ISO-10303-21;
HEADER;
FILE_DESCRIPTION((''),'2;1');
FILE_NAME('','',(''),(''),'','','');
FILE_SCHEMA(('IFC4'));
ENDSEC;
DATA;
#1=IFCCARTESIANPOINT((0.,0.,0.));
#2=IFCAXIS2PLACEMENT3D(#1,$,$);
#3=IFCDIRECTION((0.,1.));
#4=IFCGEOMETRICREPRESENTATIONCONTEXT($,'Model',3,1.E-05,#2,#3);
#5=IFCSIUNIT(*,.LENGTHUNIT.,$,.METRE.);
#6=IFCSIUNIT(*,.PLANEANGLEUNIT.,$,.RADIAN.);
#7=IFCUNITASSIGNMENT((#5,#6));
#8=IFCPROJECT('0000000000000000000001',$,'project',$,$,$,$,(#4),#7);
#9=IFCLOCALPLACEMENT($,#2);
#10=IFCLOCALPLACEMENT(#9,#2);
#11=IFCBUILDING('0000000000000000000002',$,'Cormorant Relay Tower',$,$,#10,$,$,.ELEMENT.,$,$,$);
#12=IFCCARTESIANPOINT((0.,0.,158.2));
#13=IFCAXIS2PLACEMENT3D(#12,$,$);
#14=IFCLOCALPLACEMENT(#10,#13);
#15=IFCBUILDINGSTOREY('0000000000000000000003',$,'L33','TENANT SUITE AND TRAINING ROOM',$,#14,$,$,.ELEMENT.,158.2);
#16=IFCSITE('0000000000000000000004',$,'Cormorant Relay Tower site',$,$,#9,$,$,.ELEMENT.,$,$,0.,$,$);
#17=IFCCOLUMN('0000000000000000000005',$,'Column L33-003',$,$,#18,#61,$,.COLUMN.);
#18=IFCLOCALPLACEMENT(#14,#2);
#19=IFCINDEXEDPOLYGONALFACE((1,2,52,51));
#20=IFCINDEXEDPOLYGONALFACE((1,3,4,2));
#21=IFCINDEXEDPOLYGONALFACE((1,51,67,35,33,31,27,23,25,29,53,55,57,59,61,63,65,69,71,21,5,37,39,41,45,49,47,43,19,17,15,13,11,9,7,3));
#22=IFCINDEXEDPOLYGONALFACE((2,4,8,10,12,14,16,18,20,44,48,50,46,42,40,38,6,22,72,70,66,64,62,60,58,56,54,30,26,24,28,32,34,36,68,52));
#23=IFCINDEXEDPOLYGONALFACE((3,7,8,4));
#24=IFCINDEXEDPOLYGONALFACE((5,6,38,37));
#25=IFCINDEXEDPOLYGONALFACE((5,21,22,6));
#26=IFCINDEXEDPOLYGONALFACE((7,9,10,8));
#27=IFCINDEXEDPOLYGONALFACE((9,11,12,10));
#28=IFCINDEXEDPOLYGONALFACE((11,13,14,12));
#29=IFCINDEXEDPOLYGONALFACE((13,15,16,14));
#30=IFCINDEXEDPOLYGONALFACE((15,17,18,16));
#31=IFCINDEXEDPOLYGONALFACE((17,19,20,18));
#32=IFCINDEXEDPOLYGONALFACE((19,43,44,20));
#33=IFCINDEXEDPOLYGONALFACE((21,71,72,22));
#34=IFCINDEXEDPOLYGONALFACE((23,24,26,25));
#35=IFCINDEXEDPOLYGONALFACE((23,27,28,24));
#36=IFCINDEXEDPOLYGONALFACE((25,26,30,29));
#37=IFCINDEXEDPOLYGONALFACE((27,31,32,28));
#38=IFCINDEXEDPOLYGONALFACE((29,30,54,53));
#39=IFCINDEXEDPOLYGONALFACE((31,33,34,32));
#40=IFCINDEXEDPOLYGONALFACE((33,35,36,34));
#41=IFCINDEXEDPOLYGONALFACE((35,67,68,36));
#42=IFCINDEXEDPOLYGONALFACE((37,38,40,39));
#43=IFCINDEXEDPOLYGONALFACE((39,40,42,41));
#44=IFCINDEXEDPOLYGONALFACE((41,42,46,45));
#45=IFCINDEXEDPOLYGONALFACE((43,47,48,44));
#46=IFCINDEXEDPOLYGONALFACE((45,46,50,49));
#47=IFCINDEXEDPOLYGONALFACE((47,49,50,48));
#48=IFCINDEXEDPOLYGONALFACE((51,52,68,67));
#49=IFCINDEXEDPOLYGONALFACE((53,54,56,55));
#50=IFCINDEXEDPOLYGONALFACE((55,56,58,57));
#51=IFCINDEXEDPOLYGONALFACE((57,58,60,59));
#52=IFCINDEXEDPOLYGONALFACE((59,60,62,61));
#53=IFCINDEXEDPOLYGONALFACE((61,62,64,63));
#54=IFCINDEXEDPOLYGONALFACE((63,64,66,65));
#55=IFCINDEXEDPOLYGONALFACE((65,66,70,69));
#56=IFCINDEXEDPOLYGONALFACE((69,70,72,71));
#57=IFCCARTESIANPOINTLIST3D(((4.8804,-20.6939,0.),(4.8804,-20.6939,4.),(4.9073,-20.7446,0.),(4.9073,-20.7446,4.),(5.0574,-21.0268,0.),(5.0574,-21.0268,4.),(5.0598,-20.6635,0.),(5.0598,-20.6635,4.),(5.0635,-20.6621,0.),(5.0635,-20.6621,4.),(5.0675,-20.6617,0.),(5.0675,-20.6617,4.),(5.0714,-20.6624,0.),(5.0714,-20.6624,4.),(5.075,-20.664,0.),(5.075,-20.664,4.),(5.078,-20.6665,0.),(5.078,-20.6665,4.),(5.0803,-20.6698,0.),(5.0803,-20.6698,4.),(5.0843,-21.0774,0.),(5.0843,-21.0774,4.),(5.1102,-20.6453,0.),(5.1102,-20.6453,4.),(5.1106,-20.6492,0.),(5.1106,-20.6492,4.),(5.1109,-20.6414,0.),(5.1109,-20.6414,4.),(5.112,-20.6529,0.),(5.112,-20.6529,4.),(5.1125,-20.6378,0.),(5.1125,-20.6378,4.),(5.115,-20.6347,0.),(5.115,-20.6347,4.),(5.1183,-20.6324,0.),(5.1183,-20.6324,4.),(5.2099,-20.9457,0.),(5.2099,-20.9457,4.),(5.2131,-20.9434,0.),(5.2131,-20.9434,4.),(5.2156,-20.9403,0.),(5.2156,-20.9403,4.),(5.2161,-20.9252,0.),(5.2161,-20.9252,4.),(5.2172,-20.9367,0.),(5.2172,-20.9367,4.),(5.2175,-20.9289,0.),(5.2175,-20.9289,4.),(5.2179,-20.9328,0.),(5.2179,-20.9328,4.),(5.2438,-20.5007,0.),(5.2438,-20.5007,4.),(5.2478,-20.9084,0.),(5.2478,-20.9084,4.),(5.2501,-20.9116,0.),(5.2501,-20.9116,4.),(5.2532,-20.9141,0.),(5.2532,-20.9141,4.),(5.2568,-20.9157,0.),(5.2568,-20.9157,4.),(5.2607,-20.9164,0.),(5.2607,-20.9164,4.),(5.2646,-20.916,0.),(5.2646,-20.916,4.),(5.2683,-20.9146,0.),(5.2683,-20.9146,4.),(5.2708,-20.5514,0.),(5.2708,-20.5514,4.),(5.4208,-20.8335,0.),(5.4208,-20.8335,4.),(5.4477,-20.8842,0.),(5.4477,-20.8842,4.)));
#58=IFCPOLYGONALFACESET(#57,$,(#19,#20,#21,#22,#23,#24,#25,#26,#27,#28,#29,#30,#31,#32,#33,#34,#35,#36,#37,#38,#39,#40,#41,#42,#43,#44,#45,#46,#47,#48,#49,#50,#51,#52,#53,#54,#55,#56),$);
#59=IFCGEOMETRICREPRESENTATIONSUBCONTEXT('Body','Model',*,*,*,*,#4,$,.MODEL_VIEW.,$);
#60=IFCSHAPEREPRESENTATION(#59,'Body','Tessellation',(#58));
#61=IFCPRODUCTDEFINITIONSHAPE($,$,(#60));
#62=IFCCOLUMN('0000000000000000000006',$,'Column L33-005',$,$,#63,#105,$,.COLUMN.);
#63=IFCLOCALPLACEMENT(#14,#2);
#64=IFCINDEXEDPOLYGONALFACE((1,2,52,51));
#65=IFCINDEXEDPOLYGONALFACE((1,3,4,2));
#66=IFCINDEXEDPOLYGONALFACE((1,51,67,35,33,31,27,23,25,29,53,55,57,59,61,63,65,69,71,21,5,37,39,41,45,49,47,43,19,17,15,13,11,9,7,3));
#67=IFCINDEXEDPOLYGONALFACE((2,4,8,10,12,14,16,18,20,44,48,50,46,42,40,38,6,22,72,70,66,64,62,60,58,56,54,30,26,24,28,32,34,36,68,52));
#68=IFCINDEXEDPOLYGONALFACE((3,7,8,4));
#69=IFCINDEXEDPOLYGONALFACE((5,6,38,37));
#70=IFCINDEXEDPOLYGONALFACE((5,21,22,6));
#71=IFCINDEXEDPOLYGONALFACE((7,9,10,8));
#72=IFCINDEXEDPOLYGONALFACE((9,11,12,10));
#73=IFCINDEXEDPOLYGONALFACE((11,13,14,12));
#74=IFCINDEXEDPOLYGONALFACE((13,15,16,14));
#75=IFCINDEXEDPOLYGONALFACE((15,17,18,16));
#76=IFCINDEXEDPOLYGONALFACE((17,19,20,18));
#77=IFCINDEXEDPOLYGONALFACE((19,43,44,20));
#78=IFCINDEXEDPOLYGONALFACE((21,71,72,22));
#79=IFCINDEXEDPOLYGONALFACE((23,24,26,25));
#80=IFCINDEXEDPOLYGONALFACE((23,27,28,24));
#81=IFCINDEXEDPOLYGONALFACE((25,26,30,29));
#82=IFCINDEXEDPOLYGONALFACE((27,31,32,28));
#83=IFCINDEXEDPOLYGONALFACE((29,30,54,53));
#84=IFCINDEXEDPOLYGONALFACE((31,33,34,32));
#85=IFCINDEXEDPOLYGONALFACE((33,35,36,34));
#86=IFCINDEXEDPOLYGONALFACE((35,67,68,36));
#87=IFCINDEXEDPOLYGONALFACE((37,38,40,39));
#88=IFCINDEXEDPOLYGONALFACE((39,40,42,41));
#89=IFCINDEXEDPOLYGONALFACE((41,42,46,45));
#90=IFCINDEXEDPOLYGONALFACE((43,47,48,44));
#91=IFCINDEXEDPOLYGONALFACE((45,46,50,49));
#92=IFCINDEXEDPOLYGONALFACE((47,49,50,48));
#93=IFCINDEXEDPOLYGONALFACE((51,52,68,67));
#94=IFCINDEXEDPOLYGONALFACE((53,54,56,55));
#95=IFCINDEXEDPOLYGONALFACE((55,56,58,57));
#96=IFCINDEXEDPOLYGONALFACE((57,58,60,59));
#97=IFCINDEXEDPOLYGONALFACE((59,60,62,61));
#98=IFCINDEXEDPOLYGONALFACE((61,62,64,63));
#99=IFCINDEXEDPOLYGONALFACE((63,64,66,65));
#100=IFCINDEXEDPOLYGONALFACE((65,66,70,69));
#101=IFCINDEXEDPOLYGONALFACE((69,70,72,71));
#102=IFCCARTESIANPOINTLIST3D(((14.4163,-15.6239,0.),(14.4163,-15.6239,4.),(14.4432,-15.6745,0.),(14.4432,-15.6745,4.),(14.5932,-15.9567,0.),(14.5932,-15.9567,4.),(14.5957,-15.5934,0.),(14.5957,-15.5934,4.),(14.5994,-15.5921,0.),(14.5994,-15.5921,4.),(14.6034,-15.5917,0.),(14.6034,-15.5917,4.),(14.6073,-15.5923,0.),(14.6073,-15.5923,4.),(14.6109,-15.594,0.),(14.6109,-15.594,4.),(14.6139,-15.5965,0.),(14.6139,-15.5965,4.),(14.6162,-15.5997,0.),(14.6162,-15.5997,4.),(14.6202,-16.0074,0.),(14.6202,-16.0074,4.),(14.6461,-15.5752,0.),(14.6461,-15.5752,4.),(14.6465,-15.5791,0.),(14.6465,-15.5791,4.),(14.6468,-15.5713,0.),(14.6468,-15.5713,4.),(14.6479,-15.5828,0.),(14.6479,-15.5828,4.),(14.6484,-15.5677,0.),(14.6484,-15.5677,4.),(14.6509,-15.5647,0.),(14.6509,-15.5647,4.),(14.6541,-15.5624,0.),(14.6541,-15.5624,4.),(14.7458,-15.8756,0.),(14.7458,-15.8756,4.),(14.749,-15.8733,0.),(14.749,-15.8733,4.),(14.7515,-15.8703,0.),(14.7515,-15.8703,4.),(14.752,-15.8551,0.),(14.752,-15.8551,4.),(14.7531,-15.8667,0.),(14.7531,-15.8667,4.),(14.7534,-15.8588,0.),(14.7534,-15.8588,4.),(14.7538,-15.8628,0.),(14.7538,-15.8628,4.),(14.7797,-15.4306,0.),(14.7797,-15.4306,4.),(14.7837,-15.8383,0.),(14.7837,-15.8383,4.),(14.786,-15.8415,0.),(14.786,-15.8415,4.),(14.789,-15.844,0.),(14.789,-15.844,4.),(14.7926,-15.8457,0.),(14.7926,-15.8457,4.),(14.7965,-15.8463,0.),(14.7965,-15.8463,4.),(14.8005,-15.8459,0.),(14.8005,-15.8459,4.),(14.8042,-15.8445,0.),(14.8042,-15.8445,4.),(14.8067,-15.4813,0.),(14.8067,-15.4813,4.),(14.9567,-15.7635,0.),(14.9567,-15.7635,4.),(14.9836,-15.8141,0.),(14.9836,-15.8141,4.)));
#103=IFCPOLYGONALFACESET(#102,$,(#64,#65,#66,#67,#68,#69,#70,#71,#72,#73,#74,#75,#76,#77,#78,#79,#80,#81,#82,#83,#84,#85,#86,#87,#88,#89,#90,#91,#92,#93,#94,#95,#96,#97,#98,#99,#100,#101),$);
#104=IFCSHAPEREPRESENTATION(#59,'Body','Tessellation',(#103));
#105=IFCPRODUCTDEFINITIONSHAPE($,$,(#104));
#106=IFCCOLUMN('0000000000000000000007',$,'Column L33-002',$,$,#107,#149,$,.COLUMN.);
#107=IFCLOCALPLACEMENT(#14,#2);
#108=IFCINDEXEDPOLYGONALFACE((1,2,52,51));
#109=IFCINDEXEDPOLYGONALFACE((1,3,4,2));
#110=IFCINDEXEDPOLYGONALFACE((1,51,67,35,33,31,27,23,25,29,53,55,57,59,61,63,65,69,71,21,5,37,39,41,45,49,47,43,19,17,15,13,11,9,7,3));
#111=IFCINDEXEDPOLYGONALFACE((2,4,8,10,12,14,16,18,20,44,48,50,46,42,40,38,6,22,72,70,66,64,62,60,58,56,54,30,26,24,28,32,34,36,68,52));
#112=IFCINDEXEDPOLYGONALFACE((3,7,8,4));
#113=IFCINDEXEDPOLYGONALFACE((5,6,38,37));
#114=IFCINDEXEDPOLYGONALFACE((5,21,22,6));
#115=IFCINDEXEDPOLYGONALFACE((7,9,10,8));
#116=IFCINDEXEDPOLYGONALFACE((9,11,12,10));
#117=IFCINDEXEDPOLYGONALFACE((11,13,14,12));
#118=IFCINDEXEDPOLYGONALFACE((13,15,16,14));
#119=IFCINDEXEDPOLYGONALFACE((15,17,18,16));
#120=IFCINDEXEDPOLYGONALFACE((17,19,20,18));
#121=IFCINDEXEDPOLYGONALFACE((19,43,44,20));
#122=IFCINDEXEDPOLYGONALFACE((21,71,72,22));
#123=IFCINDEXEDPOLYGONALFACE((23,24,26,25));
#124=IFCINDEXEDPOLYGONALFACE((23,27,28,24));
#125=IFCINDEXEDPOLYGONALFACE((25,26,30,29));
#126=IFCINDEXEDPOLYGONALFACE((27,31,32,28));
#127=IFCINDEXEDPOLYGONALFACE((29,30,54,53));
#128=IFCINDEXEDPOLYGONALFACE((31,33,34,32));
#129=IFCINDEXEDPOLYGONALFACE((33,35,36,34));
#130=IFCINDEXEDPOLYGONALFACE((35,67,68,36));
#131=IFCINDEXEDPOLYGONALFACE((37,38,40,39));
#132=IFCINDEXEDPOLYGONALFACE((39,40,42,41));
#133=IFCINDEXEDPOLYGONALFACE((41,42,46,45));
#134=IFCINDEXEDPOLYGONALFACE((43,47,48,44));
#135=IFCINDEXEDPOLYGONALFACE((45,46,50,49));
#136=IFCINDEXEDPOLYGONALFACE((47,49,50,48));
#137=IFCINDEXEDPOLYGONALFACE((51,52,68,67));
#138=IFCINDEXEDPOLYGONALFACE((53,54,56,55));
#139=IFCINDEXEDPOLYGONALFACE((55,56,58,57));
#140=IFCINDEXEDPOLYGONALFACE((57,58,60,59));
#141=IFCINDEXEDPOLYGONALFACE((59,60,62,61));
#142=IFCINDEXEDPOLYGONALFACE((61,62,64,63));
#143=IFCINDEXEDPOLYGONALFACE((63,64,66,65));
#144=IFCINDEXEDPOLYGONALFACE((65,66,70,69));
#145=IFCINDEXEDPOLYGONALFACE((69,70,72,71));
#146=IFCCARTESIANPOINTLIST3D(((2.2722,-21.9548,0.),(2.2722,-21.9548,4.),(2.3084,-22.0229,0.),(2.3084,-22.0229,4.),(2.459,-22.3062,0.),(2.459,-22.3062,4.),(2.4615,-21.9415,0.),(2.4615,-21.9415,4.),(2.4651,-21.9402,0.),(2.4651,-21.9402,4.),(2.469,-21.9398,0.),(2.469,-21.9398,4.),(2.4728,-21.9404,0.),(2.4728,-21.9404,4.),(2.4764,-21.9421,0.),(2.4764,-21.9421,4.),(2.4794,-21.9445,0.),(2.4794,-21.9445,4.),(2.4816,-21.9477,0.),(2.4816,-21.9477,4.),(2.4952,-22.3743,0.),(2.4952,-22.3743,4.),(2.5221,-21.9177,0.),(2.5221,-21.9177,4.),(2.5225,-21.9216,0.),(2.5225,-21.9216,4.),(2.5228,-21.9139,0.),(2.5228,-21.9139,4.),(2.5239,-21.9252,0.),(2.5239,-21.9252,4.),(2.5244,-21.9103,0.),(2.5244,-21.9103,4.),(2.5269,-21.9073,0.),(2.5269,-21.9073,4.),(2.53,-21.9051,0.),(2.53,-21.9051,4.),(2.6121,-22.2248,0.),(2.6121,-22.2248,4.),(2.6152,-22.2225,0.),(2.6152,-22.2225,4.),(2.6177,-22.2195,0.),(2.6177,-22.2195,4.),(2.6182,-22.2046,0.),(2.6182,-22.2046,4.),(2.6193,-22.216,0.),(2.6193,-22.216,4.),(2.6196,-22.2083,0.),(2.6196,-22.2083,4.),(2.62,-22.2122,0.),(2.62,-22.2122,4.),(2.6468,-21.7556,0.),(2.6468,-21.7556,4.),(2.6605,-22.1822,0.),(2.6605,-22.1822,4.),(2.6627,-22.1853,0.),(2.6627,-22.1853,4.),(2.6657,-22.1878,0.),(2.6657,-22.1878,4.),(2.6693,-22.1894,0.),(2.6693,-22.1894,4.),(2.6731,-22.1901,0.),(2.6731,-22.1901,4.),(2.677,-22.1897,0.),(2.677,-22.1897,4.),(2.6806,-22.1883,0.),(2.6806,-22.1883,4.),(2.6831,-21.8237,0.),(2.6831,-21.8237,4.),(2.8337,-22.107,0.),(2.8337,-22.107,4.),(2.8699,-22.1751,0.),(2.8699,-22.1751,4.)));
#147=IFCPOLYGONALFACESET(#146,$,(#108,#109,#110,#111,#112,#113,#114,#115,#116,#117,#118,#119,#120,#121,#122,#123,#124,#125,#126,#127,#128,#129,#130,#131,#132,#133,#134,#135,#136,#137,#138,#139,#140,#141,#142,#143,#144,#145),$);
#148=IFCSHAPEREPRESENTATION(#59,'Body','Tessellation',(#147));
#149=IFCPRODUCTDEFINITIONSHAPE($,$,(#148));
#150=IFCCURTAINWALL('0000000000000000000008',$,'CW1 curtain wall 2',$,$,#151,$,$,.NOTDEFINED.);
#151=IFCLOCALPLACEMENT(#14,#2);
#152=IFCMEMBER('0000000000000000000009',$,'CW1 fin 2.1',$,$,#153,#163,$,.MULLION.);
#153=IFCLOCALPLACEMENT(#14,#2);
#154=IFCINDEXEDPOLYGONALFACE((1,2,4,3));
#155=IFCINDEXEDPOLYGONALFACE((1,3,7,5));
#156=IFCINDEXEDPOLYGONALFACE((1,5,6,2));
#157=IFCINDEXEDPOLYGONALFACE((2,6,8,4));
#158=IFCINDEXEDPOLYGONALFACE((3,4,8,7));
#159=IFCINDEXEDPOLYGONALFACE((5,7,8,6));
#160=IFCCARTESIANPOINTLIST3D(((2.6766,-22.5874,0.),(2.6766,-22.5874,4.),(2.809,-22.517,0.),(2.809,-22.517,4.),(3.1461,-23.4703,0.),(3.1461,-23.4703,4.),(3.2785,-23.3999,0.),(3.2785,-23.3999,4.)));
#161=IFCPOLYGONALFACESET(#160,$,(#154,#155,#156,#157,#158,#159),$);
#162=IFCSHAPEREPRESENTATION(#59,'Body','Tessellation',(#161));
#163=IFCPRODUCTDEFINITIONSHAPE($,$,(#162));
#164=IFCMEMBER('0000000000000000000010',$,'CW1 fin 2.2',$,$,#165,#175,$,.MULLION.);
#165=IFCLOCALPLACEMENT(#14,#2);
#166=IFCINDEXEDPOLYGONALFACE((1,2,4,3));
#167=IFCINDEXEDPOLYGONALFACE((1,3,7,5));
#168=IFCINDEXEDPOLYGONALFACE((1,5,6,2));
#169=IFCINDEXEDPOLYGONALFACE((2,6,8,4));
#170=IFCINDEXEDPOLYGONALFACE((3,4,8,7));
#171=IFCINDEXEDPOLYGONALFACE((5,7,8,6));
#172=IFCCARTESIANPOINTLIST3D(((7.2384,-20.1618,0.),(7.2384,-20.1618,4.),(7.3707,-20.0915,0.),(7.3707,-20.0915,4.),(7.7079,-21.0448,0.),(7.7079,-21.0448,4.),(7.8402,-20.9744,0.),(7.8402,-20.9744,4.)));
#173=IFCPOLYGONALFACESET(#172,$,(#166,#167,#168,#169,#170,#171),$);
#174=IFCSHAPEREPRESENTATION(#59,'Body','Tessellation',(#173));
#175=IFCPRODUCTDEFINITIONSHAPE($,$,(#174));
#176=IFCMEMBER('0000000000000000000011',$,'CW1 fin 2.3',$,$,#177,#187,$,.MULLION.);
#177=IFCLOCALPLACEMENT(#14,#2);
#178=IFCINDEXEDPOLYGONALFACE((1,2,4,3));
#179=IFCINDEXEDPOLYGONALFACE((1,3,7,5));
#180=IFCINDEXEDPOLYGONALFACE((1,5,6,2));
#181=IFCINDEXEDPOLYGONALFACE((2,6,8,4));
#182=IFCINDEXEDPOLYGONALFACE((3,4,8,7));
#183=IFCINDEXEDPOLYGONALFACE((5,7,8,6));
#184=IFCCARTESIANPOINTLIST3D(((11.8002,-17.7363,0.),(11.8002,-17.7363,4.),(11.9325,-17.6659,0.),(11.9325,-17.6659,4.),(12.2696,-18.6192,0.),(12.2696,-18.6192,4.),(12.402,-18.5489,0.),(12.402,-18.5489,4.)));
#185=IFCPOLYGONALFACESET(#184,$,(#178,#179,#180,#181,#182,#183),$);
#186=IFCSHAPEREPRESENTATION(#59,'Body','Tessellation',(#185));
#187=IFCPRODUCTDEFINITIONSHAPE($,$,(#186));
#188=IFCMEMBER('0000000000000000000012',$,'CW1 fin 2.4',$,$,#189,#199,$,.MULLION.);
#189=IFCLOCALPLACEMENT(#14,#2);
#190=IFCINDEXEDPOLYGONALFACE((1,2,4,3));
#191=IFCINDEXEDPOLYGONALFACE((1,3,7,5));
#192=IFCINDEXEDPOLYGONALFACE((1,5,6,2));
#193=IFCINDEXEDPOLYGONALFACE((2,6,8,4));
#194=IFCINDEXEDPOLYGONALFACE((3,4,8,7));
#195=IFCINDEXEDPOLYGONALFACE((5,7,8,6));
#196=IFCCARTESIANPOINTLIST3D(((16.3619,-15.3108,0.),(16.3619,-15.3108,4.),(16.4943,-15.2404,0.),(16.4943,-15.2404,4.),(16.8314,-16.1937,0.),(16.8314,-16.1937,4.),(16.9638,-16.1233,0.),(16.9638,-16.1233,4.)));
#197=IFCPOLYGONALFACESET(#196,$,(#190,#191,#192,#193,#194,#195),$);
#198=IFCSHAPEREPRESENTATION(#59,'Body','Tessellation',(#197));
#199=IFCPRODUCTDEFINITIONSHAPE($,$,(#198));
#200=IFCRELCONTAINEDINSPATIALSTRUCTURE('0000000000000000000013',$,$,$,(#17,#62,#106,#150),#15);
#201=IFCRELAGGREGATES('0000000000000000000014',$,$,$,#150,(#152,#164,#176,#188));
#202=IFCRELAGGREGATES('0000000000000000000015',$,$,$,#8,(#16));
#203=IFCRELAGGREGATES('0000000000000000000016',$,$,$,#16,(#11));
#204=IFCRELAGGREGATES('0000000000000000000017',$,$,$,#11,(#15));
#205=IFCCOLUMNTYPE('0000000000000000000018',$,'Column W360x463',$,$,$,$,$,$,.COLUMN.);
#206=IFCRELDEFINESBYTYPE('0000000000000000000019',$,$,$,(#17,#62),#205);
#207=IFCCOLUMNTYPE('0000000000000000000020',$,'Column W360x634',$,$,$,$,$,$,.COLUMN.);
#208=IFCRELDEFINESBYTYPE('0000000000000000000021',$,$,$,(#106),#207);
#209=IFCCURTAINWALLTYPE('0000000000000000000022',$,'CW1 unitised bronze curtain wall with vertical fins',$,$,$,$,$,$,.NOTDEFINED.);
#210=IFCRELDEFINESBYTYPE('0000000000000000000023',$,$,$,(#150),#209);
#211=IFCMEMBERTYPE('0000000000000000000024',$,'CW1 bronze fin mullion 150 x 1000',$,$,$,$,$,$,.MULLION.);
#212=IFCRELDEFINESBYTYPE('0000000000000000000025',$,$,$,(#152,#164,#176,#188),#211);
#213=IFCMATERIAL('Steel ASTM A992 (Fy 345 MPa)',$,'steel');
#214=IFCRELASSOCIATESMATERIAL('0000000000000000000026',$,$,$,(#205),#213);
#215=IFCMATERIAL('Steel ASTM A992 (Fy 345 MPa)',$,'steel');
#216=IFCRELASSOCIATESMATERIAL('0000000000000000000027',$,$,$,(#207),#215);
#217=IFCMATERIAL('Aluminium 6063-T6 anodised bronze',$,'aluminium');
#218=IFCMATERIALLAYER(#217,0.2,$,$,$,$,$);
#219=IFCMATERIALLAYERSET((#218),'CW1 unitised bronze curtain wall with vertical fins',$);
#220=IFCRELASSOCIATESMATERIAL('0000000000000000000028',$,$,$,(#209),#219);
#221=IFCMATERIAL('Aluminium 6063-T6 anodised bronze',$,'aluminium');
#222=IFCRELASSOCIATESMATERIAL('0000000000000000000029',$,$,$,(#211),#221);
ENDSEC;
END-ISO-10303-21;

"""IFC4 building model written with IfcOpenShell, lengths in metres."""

from ifc_helpers import new_model, si_unit, direction, frame, origin, origin_2d, place, context, subcontext, project, spatial, rectangle, i_section, extrude, material, layer, layer_set, material_profile, profile_set, type_object, element, aggregate, save


model = new_model("IFC4")

# Units and contexts
model_context = context("Model", 3, precision=1e-05, world=origin(), true_north=direction((0.0, 1.0)))
body_context = subcontext(model_context, "Body", "Model", "MODEL_VIEW")
ifc_project = project(units=[si_unit("LENGTHUNIT", "METRE"), si_unit("PLANEANGLEUNIT", "RADIAN")], contexts=[model_context])

# Site, building, storey
site_placement = place(None, origin())
site = spatial("IfcSite", under=ifc_project, at=site_placement, Name="Cormorant Relay Tower site", CompositionType="ELEMENT", RefElevation=0.0)
building_placement = place(site_placement, origin())
building = spatial("IfcBuilding", under=site, at=building_placement, Name="Cormorant Relay Tower", CompositionType="ELEMENT")
storey_placement = place(building_placement, frame((0.0, 0.0, 158.2)))
storey = spatial("IfcBuildingStorey", under=building, at=storey_placement, Name="L33", Description="TENANT SUITE AND TRAINING ROOM", CompositionType="ELEMENT", Elevation=158.2)

# Columns
ifc_material_1 = material(Name="Steel ASTM A992 (Fy 345 MPa)", Category="steel")
ifc_material_profile_1 = material_profile(ifc_material_1, i_section(OverallWidth=0.4116, OverallDepth=0.4343, WebThickness=0.0359, FlangeThickness=0.0574, FilletRadius=0.0151, at=origin_2d()), Name="W360x463")
ifc_profile_set_1 = profile_set([ifc_material_profile_1], Name="Steel ASTM A992 (Fy 345 MPa)")
column_type_1 = type_object("IfcColumnType", Name="Column W360x463", PredefinedType="COLUMN", material=ifc_profile_set_1)
for number, where, z_axis, x_axis, name in (
    (1, (5.1641, -20.7891, 0.0), (0.0, 0.0, 1.0), (0.882948, 0.469472, 0.0), "Column L33-003"),
    (2, (14.7, -15.719, 0.0), (0.0, 0.0, 1.0), (0.882948, 0.469472, 0.0), "Column L33-005"),
):
    element("IfcColumn", number, at=place(storey_placement, frame(where, z_axis=z_axis, x_axis=x_axis)), inside=storey, type_object=column_type_1, Name=name, PredefinedType="COLUMN", context=body_context, shape_type="SweptSolid", body=[
        extrude(i_section(OverallWidth=0.4116, OverallDepth=0.4343, WebThickness=0.0359, FlangeThickness=0.0574, FilletRadius=0.0151, at=origin_2d()), origin(), (0.0, 0.0, 1.0), 4.0),
    ])
ifc_material_2 = material(Name="Steel ASTM A992 (Fy 345 MPa)", Category="steel")
ifc_material_profile_2 = material_profile(ifc_material_2, i_section(OverallWidth=0.4243, OverallDepth=0.4751, WebThickness=0.0479, FlangeThickness=0.0771, FilletRadius=0.0149, at=origin_2d()), Name="W360x634")
ifc_profile_set_2 = profile_set([ifc_material_profile_2], Name="Steel ASTM A992 (Fy 345 MPa)")
column_type_2 = type_object("IfcColumnType", Name="Column W360x634", PredefinedType="COLUMN", material=ifc_profile_set_2)
column_placement = place(storey_placement, frame((2.571, -22.0649, 0.0), z_axis=(0.0, 0.0, 1.0), x_axis=(0.882948, 0.469472, 0.0)))
element("IfcColumn", 3, at=column_placement, inside=storey, type_object=column_type_2, Name="Column L33-002", PredefinedType="COLUMN", context=body_context, shape_type="SweptSolid", body=[
    extrude(i_section(OverallWidth=0.4243, OverallDepth=0.4751, WebThickness=0.0479, FlangeThickness=0.0771, FilletRadius=0.0149, at=origin_2d()), origin(), (0.0, 0.0, 1.0), 4.0),
])

# Curtain wall, members
ifc_material_3 = material(Name="Aluminium 6063-T6 anodised bronze", Category="aluminium")
ifc_layer_1 = layer(ifc_material_3, 0.2)
ifc_layer_set_1 = layer_set([ifc_layer_1], Name="CW1 unitised bronze curtain wall with vertical fins")
curtain_wall_type = type_object("IfcCurtainWallType", Name="CW1 unitised bronze curtain wall with vertical fins", PredefinedType="NOTDEFINED", material=ifc_layer_set_1)
curtain_wall_1_placement = place(storey_placement, origin())
curtain_wall_1 = element("IfcCurtainWall", 4, at=curtain_wall_1_placement, inside=storey, type_object=curtain_wall_type, Name="CW1 curtain wall 2", PredefinedType="NOTDEFINED")
ifc_material_4 = material(Name="Aluminium 6063-T6 anodised bronze", Category="aluminium")
ifc_material_profile_3 = material_profile(ifc_material_4, rectangle(XDim=0.1499, YDim=1.0, at=origin_2d()), Name="AL 150x1000")
ifc_profile_set_3 = profile_set([ifc_material_profile_3], Name="Aluminium 6063-T6 anodised bronze")
member_type_1 = type_object("IfcMemberType", Name="CW1 bronze fin mullion 150 x 1000", PredefinedType="MULLION", material=ifc_profile_set_3)
member_1_placement = place(storey_placement, frame((2.9775, -22.9937, 0.0), z_axis=(0.0, 0.0, 1.0), x_axis=(0.882948, 0.469472, 0.0)))
member_1 = element("IfcMember", 5, at=member_1_placement, type_object=member_type_1, Name="CW1 fin 2.1", PredefinedType="MULLION", context=body_context, shape_type="SweptSolid", body=[
    extrude(rectangle(XDim=0.1499, YDim=1.0, at=origin_2d()), origin(), (0.0, 0.0, 1.0), 4.0),
])
member_2_placement = place(storey_placement, frame((7.5393, -20.5681, 0.0), z_axis=(0.0, 0.0, 1.0), x_axis=(0.882948, 0.469472, 0.0)))
member_2 = element("IfcMember", 6, at=member_2_placement, type_object=member_type_1, Name="CW1 fin 2.2", PredefinedType="MULLION", context=body_context, shape_type="SweptSolid", body=[
    extrude(rectangle(XDim=0.1499, YDim=1.0, at=origin_2d()), origin(), (0.0, 0.0, 1.0), 4.0),
])
member_3_placement = place(storey_placement, frame((12.1011, -18.1426, 0.0), z_axis=(0.0, 0.0, 1.0), x_axis=(0.882948, 0.469472, 0.0)))
member_3 = element("IfcMember", 7, at=member_3_placement, type_object=member_type_1, Name="CW1 fin 2.3", PredefinedType="MULLION", context=body_context, shape_type="SweptSolid", body=[
    extrude(rectangle(XDim=0.1499, YDim=1.0, at=origin_2d()), origin(), (0.0, 0.0, 1.0), 4.0),
])
member_4_placement = place(storey_placement, frame((16.6628, -15.717, 0.0), z_axis=(0.0, 0.0, 1.0), x_axis=(0.882948, 0.469472, 0.0)))
member_4 = element("IfcMember", 8, at=member_4_placement, type_object=member_type_1, Name="CW1 fin 2.4", PredefinedType="MULLION", context=body_context, shape_type="SweptSolid", body=[
    extrude(rectangle(XDim=0.1499, YDim=1.0, at=origin_2d()), origin(), (0.0, 0.0, 1.0), 4.0),
])

aggregate(curtain_wall_1, [member_1, member_2, member_3, member_4])

save(model, "model.ifc")
